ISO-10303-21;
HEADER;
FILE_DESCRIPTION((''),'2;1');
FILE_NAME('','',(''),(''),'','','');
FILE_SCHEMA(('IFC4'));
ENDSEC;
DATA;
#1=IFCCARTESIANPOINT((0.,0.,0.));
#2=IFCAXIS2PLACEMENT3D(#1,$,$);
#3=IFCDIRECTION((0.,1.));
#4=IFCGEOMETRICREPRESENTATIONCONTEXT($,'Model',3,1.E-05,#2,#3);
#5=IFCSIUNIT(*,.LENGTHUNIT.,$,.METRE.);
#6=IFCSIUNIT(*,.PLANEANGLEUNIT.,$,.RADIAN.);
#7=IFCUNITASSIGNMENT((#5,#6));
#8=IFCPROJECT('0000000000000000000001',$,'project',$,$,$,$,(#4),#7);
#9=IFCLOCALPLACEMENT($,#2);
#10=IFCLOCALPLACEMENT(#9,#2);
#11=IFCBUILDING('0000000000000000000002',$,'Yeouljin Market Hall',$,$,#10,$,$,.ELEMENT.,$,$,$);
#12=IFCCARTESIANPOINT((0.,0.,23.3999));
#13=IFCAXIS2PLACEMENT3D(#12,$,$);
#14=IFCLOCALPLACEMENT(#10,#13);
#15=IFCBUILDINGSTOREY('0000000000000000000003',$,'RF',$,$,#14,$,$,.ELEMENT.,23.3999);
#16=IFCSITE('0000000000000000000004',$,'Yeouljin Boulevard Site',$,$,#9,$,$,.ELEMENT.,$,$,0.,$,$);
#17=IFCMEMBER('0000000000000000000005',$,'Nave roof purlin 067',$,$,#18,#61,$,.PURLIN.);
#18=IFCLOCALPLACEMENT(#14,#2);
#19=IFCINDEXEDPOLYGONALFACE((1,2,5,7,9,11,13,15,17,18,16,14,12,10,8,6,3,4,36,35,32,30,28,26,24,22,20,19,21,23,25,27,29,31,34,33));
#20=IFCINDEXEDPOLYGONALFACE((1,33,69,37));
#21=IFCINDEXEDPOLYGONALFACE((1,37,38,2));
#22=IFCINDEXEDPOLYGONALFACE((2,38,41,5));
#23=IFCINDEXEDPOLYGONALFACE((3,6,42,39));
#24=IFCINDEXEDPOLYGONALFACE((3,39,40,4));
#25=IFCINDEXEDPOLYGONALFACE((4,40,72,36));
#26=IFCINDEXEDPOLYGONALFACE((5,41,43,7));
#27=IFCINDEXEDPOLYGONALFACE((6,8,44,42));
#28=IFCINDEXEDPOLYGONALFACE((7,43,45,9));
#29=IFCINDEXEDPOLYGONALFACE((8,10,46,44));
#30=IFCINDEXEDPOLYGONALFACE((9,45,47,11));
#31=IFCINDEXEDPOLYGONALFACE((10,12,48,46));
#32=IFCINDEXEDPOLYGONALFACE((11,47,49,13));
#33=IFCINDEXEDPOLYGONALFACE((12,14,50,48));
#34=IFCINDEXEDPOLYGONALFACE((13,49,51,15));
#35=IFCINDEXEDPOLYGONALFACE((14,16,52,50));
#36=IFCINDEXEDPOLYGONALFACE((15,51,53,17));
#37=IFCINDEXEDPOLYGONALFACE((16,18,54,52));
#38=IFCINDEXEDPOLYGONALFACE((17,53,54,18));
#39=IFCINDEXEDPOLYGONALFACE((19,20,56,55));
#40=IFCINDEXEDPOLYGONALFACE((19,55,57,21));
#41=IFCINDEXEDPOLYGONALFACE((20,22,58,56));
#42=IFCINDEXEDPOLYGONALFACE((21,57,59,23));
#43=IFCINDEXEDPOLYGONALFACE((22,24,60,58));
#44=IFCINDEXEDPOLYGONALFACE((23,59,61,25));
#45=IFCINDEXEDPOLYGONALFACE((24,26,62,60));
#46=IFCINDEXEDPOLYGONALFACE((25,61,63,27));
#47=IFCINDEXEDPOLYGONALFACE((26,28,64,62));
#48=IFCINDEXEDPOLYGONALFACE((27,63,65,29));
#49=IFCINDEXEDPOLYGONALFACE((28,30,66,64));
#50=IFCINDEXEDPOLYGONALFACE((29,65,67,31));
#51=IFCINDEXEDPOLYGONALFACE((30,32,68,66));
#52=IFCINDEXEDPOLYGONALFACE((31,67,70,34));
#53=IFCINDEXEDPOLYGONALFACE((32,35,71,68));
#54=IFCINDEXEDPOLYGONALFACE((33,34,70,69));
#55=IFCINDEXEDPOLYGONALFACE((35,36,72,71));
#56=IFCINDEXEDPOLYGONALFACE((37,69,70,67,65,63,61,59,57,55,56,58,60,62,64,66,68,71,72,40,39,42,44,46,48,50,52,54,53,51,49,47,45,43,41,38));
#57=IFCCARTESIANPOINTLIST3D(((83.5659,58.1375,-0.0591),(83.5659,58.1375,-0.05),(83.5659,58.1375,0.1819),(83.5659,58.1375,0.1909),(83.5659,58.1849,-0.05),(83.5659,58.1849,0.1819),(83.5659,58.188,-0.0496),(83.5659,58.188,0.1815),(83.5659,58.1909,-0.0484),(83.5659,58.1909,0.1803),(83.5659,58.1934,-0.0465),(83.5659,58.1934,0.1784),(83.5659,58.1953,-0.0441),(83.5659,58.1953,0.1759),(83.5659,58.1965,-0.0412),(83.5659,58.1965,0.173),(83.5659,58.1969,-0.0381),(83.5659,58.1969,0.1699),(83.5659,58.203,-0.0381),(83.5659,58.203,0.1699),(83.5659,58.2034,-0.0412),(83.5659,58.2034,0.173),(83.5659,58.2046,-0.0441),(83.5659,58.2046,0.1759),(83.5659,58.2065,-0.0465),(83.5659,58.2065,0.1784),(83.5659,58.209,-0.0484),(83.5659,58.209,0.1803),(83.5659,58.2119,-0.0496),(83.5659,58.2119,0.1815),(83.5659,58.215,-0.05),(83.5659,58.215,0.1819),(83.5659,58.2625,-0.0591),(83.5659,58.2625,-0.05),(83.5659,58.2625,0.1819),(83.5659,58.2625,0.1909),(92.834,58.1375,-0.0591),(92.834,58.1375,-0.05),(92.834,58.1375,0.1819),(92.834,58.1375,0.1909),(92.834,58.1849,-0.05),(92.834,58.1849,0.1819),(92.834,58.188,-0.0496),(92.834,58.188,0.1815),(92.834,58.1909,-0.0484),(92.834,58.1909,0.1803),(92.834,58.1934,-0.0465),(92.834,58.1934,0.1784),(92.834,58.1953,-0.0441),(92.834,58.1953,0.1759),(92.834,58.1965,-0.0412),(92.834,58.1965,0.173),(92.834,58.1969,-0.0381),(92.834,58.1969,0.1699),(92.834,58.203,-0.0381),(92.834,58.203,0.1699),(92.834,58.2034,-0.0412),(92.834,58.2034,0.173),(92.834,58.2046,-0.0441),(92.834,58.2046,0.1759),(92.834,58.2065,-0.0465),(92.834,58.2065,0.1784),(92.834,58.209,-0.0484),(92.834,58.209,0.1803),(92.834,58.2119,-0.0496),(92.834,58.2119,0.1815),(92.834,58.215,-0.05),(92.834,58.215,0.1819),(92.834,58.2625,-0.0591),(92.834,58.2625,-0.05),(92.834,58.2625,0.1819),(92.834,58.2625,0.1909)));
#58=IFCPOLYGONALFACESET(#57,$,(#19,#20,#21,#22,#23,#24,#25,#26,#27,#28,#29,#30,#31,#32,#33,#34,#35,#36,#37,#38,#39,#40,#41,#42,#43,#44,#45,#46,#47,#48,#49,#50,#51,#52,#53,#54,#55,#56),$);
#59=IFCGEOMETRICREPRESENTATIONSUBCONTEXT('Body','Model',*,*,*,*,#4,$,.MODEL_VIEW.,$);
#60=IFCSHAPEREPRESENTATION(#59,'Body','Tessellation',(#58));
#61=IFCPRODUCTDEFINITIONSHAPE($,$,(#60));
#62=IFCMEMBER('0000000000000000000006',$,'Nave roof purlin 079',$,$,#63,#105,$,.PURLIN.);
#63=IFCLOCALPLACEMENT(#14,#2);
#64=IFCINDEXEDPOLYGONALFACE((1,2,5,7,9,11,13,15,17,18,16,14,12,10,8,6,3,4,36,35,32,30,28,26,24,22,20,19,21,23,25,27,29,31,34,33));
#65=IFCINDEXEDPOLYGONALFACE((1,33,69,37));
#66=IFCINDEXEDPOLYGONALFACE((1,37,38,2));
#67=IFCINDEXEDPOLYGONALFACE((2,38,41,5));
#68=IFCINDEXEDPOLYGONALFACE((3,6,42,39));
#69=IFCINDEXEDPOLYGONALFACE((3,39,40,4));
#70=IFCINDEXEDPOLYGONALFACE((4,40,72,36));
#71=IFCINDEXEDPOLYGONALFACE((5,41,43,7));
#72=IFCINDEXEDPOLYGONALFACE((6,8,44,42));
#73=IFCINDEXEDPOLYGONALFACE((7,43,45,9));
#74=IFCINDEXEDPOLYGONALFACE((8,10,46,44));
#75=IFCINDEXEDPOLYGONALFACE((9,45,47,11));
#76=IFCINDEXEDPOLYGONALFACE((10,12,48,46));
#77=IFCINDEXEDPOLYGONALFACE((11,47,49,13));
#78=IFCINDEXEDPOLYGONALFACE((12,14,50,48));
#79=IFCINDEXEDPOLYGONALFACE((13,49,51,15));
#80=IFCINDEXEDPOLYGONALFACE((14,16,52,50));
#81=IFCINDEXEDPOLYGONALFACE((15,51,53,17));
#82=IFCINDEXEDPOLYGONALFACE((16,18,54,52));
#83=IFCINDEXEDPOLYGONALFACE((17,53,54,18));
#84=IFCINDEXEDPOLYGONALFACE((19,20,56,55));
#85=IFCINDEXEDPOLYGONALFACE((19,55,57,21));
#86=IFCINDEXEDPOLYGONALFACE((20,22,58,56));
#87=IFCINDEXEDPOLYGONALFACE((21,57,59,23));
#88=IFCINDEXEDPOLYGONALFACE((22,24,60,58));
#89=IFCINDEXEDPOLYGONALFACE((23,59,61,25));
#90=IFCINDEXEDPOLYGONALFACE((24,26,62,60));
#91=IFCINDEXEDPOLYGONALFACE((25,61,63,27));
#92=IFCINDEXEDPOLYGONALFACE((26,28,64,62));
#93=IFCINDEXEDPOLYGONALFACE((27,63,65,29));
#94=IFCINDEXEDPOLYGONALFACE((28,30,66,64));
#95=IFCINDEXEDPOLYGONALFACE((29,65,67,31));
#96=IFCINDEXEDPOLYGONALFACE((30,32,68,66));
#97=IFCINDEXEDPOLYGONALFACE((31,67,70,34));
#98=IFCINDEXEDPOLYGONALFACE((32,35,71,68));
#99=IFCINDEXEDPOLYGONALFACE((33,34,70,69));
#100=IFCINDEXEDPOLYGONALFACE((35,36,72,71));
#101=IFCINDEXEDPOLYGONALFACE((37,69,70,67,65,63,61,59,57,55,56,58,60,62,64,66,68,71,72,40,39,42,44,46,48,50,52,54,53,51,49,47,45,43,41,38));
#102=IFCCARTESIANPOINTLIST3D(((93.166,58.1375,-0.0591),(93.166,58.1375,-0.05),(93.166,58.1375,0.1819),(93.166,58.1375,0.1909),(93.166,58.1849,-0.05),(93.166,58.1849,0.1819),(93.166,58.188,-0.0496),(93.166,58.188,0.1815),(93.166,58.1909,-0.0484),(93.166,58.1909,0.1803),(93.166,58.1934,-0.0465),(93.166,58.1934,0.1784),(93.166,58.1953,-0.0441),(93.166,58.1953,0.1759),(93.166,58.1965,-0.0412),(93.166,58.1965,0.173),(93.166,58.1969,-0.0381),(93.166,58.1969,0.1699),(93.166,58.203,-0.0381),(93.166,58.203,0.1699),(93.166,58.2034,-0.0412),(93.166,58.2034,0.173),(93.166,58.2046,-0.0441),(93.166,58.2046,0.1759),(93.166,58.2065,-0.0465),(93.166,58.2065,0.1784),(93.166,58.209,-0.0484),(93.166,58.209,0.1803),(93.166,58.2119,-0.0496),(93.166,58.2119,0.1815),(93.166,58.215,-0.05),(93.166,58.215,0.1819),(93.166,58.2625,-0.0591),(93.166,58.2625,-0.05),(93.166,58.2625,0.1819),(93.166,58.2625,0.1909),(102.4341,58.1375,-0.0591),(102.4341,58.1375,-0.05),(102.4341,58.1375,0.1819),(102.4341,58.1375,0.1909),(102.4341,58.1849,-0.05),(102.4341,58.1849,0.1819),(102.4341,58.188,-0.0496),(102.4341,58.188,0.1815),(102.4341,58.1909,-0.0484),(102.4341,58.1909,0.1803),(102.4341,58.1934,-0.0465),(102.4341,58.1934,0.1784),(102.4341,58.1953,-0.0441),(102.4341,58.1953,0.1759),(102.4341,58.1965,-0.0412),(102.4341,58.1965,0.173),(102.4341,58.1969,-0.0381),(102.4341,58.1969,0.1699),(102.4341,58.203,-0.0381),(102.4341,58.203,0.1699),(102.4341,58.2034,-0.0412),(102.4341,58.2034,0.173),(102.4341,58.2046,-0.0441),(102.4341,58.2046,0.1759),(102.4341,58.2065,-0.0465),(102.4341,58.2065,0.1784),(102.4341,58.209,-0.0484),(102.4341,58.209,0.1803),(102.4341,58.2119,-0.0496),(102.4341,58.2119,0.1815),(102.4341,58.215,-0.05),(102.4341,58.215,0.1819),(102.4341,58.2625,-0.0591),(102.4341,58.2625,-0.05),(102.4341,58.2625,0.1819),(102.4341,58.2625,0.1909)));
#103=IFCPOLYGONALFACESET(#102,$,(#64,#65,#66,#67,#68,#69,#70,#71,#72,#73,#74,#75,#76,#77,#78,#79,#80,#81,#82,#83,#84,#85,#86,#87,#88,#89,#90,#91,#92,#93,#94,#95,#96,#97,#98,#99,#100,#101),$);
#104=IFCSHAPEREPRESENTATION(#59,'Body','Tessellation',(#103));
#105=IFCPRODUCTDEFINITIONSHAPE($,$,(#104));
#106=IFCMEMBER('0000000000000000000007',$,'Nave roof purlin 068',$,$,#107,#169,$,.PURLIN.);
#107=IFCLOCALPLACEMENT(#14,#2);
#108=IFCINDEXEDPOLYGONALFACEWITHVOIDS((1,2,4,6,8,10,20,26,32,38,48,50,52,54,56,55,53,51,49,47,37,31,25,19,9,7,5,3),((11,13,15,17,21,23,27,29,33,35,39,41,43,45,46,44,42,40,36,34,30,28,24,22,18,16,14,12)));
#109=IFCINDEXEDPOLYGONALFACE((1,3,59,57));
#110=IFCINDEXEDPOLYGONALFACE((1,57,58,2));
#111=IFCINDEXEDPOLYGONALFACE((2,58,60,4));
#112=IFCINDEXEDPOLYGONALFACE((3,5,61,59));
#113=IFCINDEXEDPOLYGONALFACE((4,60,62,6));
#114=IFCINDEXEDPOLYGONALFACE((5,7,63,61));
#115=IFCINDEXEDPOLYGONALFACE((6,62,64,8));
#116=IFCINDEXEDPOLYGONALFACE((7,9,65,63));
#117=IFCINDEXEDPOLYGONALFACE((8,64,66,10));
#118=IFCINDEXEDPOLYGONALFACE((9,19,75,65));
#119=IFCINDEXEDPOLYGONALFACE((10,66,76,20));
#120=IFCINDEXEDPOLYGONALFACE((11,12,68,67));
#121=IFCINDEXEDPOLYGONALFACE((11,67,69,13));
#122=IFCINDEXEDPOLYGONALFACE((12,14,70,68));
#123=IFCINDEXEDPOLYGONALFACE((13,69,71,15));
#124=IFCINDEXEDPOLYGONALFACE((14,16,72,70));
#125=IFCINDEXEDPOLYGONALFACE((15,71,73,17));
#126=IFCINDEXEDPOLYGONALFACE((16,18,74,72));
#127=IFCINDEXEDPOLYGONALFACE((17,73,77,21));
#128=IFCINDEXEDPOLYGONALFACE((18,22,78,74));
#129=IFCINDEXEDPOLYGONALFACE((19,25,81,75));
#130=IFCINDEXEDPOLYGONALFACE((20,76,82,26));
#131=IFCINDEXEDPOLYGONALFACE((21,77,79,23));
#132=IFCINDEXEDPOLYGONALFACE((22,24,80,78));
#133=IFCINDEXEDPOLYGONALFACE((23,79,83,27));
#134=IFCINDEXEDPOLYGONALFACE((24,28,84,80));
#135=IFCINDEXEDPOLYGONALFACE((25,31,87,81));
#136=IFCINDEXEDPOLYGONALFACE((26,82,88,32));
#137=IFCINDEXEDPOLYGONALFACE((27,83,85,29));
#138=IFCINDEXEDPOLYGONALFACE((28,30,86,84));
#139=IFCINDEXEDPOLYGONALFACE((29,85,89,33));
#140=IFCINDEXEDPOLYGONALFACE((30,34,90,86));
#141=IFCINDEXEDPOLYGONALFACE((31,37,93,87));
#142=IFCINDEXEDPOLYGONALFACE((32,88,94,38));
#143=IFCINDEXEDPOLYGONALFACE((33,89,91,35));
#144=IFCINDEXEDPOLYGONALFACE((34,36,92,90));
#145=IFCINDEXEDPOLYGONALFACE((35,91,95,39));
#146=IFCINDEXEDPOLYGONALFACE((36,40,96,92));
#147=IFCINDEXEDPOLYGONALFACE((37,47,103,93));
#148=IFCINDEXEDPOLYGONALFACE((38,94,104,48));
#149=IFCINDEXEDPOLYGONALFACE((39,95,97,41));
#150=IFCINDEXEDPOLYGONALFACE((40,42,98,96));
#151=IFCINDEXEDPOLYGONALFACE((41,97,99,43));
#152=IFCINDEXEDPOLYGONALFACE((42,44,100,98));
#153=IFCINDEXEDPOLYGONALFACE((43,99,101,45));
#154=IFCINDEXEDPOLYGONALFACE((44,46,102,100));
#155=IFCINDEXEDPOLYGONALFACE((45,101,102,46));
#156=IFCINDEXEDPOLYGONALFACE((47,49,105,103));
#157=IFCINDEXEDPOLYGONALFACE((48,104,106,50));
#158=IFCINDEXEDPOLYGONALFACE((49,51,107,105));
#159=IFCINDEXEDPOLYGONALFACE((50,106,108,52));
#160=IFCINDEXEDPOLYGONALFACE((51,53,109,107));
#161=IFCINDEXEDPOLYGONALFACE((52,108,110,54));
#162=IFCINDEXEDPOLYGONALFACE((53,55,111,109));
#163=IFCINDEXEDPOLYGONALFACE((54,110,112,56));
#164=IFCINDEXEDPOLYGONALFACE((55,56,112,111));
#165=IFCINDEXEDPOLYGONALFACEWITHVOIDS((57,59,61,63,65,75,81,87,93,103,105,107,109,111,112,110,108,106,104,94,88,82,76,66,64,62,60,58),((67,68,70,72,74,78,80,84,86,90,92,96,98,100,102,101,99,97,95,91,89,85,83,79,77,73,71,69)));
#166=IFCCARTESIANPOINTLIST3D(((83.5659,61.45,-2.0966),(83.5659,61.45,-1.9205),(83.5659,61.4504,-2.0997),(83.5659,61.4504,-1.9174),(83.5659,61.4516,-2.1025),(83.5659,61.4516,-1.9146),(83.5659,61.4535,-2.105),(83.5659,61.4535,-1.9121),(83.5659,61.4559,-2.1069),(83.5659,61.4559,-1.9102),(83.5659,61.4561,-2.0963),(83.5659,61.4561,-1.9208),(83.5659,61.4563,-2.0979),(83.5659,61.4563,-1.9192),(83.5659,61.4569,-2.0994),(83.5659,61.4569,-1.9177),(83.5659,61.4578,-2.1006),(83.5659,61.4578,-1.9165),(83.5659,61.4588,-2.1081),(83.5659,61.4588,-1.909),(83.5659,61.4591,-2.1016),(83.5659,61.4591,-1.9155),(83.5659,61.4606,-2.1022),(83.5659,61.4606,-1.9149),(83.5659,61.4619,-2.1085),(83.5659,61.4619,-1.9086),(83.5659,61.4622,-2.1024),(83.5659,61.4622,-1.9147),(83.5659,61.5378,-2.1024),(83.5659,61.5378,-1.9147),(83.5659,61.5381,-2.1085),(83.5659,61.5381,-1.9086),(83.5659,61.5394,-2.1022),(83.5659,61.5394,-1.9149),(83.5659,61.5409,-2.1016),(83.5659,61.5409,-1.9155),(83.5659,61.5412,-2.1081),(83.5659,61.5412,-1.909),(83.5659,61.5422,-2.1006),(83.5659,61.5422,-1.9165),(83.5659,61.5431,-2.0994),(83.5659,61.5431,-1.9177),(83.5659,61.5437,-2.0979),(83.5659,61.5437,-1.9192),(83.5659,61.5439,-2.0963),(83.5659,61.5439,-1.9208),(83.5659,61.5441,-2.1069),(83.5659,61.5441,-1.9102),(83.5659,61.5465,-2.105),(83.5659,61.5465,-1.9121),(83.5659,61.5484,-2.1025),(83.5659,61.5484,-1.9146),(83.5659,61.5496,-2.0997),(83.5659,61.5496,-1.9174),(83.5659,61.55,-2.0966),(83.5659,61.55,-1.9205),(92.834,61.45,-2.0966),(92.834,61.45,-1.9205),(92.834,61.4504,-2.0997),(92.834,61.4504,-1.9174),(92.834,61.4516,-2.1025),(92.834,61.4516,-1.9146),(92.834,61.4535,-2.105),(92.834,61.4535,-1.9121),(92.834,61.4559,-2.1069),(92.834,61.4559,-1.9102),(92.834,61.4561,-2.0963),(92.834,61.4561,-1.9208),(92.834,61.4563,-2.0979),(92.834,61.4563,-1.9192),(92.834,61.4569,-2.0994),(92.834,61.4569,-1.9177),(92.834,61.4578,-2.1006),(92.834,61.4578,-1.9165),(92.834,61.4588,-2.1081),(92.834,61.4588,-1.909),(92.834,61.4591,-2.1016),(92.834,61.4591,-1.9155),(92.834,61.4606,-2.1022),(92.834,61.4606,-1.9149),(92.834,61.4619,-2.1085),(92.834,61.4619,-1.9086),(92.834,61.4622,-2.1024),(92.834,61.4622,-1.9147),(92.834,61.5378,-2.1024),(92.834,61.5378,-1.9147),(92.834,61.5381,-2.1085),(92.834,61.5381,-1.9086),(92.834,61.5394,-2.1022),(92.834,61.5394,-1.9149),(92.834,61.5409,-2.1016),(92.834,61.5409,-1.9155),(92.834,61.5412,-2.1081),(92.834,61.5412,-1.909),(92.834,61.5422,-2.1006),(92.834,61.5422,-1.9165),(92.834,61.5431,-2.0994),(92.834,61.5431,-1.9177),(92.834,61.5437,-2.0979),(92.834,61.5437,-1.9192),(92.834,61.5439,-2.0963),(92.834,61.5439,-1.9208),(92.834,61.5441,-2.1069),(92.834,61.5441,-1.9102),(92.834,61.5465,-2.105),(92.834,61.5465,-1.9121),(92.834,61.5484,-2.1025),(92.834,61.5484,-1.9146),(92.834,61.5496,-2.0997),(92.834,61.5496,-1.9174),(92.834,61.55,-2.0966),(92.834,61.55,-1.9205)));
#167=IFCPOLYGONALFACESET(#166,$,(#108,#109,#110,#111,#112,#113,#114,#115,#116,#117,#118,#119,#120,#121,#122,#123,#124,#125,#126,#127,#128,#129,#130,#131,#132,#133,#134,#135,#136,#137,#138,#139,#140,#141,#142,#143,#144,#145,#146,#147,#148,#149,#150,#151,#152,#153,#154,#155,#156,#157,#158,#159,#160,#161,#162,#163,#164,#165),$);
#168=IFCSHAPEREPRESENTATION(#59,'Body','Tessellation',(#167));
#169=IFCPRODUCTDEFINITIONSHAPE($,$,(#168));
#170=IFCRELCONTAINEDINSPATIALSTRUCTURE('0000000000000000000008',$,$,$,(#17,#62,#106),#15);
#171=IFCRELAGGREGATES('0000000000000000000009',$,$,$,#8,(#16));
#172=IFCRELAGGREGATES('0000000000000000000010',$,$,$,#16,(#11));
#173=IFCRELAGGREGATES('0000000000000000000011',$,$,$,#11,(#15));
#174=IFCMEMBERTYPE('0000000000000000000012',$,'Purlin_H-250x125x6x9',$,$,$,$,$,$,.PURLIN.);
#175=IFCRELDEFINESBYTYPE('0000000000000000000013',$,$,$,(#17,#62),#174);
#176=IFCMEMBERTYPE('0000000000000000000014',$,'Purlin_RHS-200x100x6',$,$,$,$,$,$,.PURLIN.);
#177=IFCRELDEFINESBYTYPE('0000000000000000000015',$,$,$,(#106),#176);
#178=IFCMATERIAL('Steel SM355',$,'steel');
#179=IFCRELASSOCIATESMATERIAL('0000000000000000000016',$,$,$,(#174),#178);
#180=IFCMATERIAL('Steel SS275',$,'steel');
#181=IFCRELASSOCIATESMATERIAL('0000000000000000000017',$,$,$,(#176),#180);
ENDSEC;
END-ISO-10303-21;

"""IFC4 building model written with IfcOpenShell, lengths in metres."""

from ifc_helpers import new_model, si_unit, direction, frame, origin, origin_2d, place, context, subcontext, project, spatial, hollow_rectangle, i_section, extrude, material, material_profile, profile_set, type_object, element, save


model = new_model("IFC4")

# Units and contexts
model_context = context("Model", 3, precision=1e-05, world=origin(), true_north=direction((0.0, 1.0)))
body_context = subcontext(model_context, "Body", "Model", "MODEL_VIEW")
ifc_project = project(units=[si_unit("LENGTHUNIT", "METRE"), si_unit("PLANEANGLEUNIT", "RADIAN")], contexts=[model_context])

# Site, building, storey
site_placement = place(None, origin())
site = spatial("IfcSite", under=ifc_project, at=site_placement, Name="Yeouljin Boulevard Site", CompositionType="ELEMENT", RefElevation=0.0)
building_placement = place(site_placement, origin())
building = spatial("IfcBuilding", under=site, at=building_placement, Name="Yeouljin Market Hall", CompositionType="ELEMENT")
storey_placement = place(building_placement, frame((0.0, 0.0, 23.3999)))
storey = spatial("IfcBuildingStorey", under=building, at=storey_placement, Name="RF", CompositionType="ELEMENT", Elevation=23.3999)

# Members
ifc_material_1 = material(Name="Steel SM355", Category="steel")
ifc_material_profile_1 = material_profile(ifc_material_1, i_section(OverallWidth=0.125, OverallDepth=0.25, WebThickness=0.0061, FlangeThickness=0.009, FilletRadius=0.012, at=origin_2d()), Name="H-250x125x6x9")
ifc_profile_set_1 = profile_set([ifc_material_profile_1], Name="Steel SM355")
member_type_1 = type_object("IfcMemberType", Name="Purlin_H-250x125x6x9", PredefinedType="PURLIN", material=ifc_profile_set_1)
for number, where, z_axis, x_axis, name in (
    (1, (83.5659, 58.2, 0.0659), (1.0, 0.0, 0.0), (0.0, 1.0, 0.0), "Nave roof purlin 067"),
    (2, (93.166, 58.2, 0.0659), (1.0, 0.0, 0.0), (0.0, 1.0, 0.0), "Nave roof purlin 079"),
):
    element("IfcMember", number, at=place(storey_placement, frame(where, z_axis=z_axis, x_axis=x_axis)), inside=storey, type_object=member_type_1, Name=name, PredefinedType="PURLIN", context=body_context, shape_type="SweptSolid", body=[
        extrude(i_section(OverallWidth=0.125, OverallDepth=0.25, WebThickness=0.0061, FlangeThickness=0.009, FilletRadius=0.012, at=origin_2d()), origin(), (0.0, 0.0, 1.0), 9.2681),
    ])
ifc_material_2 = material(Name="Steel SS275", Category="steel")
ifc_material_profile_2 = material_profile(ifc_material_2, hollow_rectangle(XDim=0.1001, YDim=0.2, WallThickness=0.0061, InnerFilletRadius=0.0061, OuterFilletRadius=0.012, at=origin_2d()), Name="RHS-200x100x6")
ifc_profile_set_2 = profile_set([ifc_material_profile_2], Name="Steel SS275")
member_type_2 = type_object("IfcMemberType", Name="Purlin_RHS-200x100x6", PredefinedType="PURLIN", material=ifc_profile_set_2)
for number, where, z_axis, x_axis, name in (
    (3, (83.5659, 61.5, -2.0085), (1.0, 0.0, 0.0), (0.0, 1.0, 0.0), "Nave roof purlin 068"),
):
    element("IfcMember", number, at=place(storey_placement, frame(where, z_axis=z_axis, x_axis=x_axis)), inside=storey, type_object=member_type_2, Name=name, PredefinedType="PURLIN", context=body_context, shape_type="SweptSolid", body=[
        extrude(hollow_rectangle(XDim=0.1001, YDim=0.2, WallThickness=0.0061, InnerFilletRadius=0.0061, OuterFilletRadius=0.012, at=origin_2d()), origin(), (0.0, 0.0, 1.0), 9.2681),
    ])

save(model, "model.ifc")
